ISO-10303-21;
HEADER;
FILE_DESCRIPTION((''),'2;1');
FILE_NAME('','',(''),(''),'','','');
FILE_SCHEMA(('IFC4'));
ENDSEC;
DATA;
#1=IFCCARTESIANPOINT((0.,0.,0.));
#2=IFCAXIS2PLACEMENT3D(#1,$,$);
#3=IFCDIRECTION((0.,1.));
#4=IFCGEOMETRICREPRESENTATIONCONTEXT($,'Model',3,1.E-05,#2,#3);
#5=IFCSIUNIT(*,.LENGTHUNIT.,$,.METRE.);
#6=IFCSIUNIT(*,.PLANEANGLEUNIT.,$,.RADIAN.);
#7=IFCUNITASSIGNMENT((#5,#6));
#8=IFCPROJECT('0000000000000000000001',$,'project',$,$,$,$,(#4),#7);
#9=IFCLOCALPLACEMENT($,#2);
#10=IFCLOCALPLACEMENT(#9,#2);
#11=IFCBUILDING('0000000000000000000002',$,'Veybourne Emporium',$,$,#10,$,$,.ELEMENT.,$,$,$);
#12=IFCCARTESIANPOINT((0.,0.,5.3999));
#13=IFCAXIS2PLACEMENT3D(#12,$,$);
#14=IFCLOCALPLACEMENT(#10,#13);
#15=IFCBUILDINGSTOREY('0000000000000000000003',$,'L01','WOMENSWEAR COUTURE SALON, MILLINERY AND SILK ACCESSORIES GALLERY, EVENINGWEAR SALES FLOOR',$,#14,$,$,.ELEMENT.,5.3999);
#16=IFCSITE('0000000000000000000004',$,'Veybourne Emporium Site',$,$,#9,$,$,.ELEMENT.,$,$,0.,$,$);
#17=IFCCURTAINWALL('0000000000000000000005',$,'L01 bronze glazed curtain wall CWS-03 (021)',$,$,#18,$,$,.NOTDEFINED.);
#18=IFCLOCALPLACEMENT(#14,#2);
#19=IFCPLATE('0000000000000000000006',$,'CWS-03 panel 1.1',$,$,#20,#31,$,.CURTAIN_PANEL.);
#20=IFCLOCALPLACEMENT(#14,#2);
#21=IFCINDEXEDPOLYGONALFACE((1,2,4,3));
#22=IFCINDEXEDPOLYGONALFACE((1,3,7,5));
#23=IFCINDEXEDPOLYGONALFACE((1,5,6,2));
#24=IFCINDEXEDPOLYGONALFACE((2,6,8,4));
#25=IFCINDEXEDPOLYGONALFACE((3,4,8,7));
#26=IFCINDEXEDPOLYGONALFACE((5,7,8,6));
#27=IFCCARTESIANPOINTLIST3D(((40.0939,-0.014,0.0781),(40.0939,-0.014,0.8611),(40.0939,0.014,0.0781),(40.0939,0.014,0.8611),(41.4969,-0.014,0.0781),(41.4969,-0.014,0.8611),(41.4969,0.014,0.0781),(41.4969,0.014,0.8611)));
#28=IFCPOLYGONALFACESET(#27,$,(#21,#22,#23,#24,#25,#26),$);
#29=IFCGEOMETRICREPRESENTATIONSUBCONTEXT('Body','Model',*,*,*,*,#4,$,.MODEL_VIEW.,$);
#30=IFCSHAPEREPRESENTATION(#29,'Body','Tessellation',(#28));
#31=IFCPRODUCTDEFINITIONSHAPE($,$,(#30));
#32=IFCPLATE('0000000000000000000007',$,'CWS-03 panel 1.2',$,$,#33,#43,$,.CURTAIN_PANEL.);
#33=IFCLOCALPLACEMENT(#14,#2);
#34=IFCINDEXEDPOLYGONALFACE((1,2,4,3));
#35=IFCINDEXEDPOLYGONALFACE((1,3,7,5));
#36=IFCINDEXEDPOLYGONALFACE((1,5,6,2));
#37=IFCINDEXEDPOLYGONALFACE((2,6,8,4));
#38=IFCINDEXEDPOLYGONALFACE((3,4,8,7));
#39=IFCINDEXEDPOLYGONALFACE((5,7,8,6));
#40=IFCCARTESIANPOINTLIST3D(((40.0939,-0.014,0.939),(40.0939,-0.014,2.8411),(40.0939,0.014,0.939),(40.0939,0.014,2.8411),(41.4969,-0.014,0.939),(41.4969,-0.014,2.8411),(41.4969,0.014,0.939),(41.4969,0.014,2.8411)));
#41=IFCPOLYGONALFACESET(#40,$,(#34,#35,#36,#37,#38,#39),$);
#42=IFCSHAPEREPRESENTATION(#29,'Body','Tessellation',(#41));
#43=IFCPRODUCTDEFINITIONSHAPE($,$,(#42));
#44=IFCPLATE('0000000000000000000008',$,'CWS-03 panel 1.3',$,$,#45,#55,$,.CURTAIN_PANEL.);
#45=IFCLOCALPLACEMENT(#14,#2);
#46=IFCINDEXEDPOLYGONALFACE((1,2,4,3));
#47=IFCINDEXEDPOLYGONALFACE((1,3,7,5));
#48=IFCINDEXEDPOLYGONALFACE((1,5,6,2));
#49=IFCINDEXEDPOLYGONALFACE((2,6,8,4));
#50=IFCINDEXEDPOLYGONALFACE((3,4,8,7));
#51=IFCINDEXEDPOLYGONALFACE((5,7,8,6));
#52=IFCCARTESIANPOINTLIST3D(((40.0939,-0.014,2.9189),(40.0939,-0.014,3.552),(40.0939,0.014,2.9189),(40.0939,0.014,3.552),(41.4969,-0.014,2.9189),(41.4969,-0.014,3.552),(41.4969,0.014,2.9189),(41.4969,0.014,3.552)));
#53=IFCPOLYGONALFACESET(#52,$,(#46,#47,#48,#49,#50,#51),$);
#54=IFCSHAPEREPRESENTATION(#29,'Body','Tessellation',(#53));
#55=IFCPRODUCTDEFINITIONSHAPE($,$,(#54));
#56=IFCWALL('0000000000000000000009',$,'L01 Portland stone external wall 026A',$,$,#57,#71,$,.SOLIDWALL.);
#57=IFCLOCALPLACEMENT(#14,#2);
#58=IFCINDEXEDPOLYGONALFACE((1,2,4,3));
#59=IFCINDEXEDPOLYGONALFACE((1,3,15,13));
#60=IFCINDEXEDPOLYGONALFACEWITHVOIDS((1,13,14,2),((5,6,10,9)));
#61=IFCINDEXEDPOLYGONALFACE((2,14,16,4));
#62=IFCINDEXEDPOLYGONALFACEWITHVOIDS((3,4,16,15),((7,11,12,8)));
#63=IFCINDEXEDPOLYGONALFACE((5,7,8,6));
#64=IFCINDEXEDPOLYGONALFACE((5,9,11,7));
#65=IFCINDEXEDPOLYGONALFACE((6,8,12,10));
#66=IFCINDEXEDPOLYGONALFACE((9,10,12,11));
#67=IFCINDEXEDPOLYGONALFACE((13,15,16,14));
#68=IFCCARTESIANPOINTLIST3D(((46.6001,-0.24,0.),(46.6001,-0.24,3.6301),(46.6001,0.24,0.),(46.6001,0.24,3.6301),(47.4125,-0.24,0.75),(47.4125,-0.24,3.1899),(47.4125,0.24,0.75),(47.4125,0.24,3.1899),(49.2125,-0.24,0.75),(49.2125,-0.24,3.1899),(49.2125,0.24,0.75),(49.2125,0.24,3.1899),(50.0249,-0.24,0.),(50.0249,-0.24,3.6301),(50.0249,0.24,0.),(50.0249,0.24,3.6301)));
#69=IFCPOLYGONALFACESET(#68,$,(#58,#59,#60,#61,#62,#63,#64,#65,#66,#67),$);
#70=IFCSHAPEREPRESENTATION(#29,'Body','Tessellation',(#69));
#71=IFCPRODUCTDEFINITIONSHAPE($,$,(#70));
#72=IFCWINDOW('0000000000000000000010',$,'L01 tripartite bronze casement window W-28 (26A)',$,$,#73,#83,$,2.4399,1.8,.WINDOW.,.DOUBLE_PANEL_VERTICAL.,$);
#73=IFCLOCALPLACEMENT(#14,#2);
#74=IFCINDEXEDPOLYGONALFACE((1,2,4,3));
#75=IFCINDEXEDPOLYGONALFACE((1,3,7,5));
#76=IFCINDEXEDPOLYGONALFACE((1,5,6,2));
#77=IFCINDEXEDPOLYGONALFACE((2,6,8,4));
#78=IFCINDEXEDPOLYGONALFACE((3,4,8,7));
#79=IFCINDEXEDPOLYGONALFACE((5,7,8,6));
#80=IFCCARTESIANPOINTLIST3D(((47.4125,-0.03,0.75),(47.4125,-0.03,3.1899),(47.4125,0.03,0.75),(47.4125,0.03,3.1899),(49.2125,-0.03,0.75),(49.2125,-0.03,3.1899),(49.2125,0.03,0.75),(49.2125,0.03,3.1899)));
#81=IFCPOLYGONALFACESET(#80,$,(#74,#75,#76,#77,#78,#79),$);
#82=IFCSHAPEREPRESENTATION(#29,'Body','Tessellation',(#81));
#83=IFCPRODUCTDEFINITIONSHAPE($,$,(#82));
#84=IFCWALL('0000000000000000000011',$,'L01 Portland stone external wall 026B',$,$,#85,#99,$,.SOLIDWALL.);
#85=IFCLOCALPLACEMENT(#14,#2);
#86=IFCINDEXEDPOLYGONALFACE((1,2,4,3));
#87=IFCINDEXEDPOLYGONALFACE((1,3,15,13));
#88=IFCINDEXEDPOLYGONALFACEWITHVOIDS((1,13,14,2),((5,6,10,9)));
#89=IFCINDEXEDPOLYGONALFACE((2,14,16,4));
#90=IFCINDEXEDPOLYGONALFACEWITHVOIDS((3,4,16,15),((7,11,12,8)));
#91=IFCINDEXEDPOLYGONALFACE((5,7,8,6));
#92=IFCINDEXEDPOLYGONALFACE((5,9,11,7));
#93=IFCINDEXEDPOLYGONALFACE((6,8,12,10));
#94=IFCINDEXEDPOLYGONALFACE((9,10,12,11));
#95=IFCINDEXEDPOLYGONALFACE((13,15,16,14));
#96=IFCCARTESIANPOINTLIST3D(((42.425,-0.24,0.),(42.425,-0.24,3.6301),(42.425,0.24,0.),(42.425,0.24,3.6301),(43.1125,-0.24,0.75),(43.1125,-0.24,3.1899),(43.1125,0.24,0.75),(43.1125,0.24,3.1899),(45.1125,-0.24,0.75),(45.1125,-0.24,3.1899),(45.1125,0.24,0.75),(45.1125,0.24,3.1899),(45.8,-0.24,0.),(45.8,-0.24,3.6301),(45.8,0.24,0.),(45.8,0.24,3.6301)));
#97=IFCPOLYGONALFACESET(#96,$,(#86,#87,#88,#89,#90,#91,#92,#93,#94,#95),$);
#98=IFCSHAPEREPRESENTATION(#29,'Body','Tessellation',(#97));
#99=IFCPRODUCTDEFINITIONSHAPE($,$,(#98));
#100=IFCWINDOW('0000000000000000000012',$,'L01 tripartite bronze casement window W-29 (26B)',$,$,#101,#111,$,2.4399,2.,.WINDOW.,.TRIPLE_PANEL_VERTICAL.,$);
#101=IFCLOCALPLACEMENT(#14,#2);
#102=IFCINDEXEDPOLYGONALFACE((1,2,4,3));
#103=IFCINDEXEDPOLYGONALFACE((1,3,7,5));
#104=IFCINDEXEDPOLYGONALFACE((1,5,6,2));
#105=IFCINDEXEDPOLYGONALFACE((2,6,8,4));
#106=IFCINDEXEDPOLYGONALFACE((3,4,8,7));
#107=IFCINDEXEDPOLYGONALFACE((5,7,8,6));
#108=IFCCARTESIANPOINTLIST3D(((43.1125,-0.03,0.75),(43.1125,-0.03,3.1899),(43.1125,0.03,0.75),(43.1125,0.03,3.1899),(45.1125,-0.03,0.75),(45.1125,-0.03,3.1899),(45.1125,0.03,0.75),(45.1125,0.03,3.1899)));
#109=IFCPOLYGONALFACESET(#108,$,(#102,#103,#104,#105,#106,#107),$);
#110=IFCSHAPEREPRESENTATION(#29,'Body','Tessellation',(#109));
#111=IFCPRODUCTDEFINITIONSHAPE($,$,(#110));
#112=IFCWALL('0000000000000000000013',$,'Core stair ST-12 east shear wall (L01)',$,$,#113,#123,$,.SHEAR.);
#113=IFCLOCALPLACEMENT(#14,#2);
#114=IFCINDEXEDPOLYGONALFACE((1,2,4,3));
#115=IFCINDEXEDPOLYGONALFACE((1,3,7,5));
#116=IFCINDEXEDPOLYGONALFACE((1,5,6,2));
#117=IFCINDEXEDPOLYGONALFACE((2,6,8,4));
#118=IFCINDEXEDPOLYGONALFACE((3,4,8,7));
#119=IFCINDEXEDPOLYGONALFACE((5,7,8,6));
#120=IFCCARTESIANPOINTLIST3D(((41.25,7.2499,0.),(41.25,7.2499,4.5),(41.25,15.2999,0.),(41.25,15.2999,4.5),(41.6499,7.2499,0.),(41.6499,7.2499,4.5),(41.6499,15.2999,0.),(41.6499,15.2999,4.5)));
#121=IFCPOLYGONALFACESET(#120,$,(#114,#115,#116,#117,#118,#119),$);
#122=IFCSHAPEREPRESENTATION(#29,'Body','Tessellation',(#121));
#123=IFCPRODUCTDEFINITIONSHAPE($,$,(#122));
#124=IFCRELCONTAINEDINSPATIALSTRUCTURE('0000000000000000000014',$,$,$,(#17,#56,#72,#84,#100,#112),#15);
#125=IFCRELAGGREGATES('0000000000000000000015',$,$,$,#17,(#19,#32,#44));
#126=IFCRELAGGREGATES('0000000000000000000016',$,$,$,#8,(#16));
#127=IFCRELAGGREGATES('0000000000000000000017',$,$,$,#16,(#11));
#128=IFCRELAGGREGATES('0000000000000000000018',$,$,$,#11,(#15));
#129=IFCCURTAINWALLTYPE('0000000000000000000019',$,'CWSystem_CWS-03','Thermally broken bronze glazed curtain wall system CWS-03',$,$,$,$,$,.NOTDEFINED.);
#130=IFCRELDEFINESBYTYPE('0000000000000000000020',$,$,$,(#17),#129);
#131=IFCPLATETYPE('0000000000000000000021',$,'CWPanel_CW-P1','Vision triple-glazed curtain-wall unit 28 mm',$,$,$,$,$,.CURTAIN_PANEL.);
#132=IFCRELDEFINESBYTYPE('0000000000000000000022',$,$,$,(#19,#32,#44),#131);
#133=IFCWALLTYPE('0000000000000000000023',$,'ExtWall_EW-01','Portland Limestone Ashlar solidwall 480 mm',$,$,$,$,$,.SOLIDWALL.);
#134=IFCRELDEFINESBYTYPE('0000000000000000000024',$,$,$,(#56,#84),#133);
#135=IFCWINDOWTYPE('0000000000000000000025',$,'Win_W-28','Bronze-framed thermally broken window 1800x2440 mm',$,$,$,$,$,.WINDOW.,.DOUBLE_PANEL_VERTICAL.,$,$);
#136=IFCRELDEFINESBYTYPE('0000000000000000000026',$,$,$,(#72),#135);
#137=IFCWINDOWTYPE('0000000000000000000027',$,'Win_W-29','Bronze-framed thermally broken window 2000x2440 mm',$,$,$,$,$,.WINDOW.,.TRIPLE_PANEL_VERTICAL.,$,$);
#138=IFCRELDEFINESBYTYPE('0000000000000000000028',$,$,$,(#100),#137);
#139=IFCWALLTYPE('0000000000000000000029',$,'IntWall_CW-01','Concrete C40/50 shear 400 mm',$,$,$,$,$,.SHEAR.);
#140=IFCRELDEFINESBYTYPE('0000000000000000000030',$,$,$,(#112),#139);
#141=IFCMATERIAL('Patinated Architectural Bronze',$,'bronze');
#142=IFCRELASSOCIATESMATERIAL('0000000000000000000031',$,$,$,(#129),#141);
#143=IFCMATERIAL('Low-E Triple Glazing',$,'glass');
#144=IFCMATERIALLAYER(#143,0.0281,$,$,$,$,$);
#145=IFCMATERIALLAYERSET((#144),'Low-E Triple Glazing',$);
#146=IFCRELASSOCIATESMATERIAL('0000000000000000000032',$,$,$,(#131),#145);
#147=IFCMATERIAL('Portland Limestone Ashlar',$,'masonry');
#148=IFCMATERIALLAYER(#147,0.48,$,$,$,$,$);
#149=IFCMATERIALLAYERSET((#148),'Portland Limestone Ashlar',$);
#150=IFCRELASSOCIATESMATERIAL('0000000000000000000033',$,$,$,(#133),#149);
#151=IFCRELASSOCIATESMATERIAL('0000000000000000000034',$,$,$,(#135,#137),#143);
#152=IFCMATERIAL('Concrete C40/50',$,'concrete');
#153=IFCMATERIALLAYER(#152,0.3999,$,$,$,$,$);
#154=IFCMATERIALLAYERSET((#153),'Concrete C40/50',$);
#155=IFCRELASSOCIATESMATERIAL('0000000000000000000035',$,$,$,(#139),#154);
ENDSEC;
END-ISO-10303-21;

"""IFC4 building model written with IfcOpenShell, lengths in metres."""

from ifc_helpers import new_model, si_unit, direction, frame, frame_2d, origin, origin_2d, place, context, subcontext, project, spatial, rectangle, extrude, material, layer, layer_set, type_object, element, fill, aggregate, save


model = new_model("IFC4")

# Units and contexts
model_context = context("Model", 3, precision=1e-05, world=origin(), true_north=direction((0.0, 1.0)))
body_context = subcontext(model_context, "Body", "Model", "MODEL_VIEW")
ifc_project = project(units=[si_unit("LENGTHUNIT", "METRE"), si_unit("PLANEANGLEUNIT", "RADIAN")], contexts=[model_context])

# Site, building, storey
site_placement = place(None, origin())
site = spatial("IfcSite", under=ifc_project, at=site_placement, Name="Veybourne Emporium Site", CompositionType="ELEMENT", RefElevation=0.0)
building_placement = place(site_placement, origin())
building = spatial("IfcBuilding", under=site, at=building_placement, Name="Veybourne Emporium", CompositionType="ELEMENT")
storey_placement = place(building_placement, frame((0.0, 0.0, 5.3999)))
storey = spatial("IfcBuildingStorey", under=building, at=storey_placement, Name="L01", Description="WOMENSWEAR COUTURE SALON, MILLINERY AND SILK ACCESSORIES GALLERY, EVENINGWEAR SALES FLOOR", CompositionType="ELEMENT", Elevation=5.3999)

# Shared definitions
ifc_material_1 = material(Name="Concrete C40/50", Category="concrete")

# Curtain wall
ifc_material_2 = material(Name="Patinated Architectural Bronze", Category="bronze")
curtain_wall_type = type_object("IfcCurtainWallType", Name="CWSystem_CWS-03", Description="Thermally broken bronze glazed curtain wall system CWS-03", PredefinedType="NOTDEFINED", material=ifc_material_2)
curtain_wall_placement = place(storey_placement, origin())
curtain_wall = element("IfcCurtainWall", 1, at=curtain_wall_placement, inside=storey, type_object=curtain_wall_type, Name="L01 bronze glazed curtain wall CWS-03 (021)", PredefinedType="NOTDEFINED")

# Plates
ifc_material_3 = material(Name="Low-E Triple Glazing", Category="glass")
ifc_layer_1 = layer(ifc_material_3, 0.0281)
ifc_layer_set_1 = layer_set([ifc_layer_1], Name="Low-E Triple Glazing")
plate_type = type_object("IfcPlateType", Name="CWPanel_CW-P1", Description="Vision triple-glazed curtain-wall unit 28 mm", PredefinedType="CURTAIN_PANEL", material=ifc_layer_set_1)
plate_1_placement = place(storey_placement, frame((40.7954, 0.0, 0.0781), z_axis=(0.0, 0.0, 1.0), x_axis=(-1.0, 0.0, 0.0)))
plate_1 = element("IfcPlate", 2, at=plate_1_placement, type_object=plate_type, Name="CWS-03 panel 1.1", PredefinedType="CURTAIN_PANEL", context=body_context, shape_type="SweptSolid", body=[
    extrude(rectangle(XDim=1.4031, YDim=0.0281, at=origin_2d()), origin(), (0.0, 0.0, 1.0), 0.783),
])
plate_2_placement = place(storey_placement, frame((40.7954, 0.0, 0.939), z_axis=(0.0, 0.0, 1.0), x_axis=(-1.0, 0.0, 0.0)))
plate_2 = element("IfcPlate", 3, at=plate_2_placement, type_object=plate_type, Name="CWS-03 panel 1.2", PredefinedType="CURTAIN_PANEL", context=body_context, shape_type="SweptSolid", body=[
    extrude(rectangle(XDim=1.4031, YDim=0.0281, at=origin_2d()), origin(), (0.0, 0.0, 1.0), 1.9021),
])
plate_3_placement = place(storey_placement, frame((40.7954, 0.0, 2.9189), z_axis=(0.0, 0.0, 1.0), x_axis=(-1.0, 0.0, 0.0)))
plate_3 = element("IfcPlate", 4, at=plate_3_placement, type_object=plate_type, Name="CWS-03 panel 1.3", PredefinedType="CURTAIN_PANEL", context=body_context, shape_type="SweptSolid", body=[
    extrude(rectangle(XDim=1.4031, YDim=0.0281, at=origin_2d()), origin(), (0.0, 0.0, 1.0), 0.6331),
])
aggregate(curtain_wall, [plate_1, plate_2, plate_3])

# Walls, openings, windows
ifc_material_4 = material(Name="Portland Limestone Ashlar", Category="masonry")
ifc_layer_2 = layer(ifc_material_4, 0.48)
ifc_layer_set_2 = layer_set([ifc_layer_2], Name="Portland Limestone Ashlar")
wall_type_1 = type_object("IfcWallType", Name="ExtWall_EW-01", Description="Portland Limestone Ashlar solidwall 480 mm", PredefinedType="SOLIDWALL", material=ifc_layer_set_2)
wall_1_placement = place(storey_placement, frame((50.0249, 0.0, 0.0), z_axis=(0.0, 0.0, 1.0), x_axis=(-1.0, 0.0, 0.0)))
wall_1 = element("IfcWall", 5, at=wall_1_placement, inside=storey, type_object=wall_type_1, Name="L01 Portland stone external wall 026A", PredefinedType="SOLIDWALL", context=body_context, shape_type="SweptSolid", body=[
    extrude(rectangle(XDim=3.4248, YDim=0.48, at=frame_2d((1.7124, 0.0))), origin(), (0.0, 0.0, 1.0), 3.6301),
])
opening_1_placement = place(wall_1_placement, frame((0.8125, 0.0, 0.75)))
opening_1 = element("IfcOpeningElement", 6, at=opening_1_placement, cuts=wall_1, PredefinedType="OPENING", context=body_context, shape_type="SweptSolid", body=[
    extrude(rectangle(XDim=1.8, YDim=2.4399, at=frame_2d((0.8999, 1.22))), frame((0.0, 0.26, 0.0), z_axis=(0.0, -1.0, 0.0), x_axis=(1.0, 0.0, 0.0)), (0.0, 0.0, 1.0), 0.52),
])
window_type_1 = type_object("IfcWindowType", Name="Win_W-28", Description="Bronze-framed thermally broken window 1800x2440 mm", PartitioningType="DOUBLE_PANEL_VERTICAL", PredefinedType="WINDOW", material=ifc_material_3)
window_1_placement = place(opening_1_placement, origin())
window_1 = element("IfcWindow", 7, at=window_1_placement, inside=storey, type_object=window_type_1, Name="L01 tripartite bronze casement window W-28 (26A)", OverallHeight=2.4399, OverallWidth=1.8, PartitioningType="DOUBLE_PANEL_VERTICAL", PredefinedType="WINDOW", context=body_context, shape_type="SweptSolid", body=[
    extrude(rectangle(XDim=1.8, YDim=2.4399, at=frame_2d((0.8999, 1.22))), frame((0.0, 0.03, 0.0), z_axis=(0.0, -1.0, 0.0), x_axis=(1.0, 0.0, 0.0)), (0.0, 0.0, 1.0), 0.0601),
])
fill(opening_1, window_1)
wall_2_placement = place(storey_placement, frame((45.8, 0.0, 0.0), z_axis=(0.0, 0.0, 1.0), x_axis=(-1.0, 0.0, 0.0)))
wall_2 = element("IfcWall", 8, at=wall_2_placement, inside=storey, type_object=wall_type_1, Name="L01 Portland stone external wall 026B", PredefinedType="SOLIDWALL", context=body_context, shape_type="SweptSolid", body=[
    extrude(rectangle(XDim=3.375, YDim=0.48, at=frame_2d((1.6875, 0.0))), origin(), (0.0, 0.0, 1.0), 3.6301),
])
opening_2_placement = place(wall_2_placement, frame((0.6875, 0.0, 0.75)))
opening_2 = element("IfcOpeningElement", 9, at=opening_2_placement, cuts=wall_2, PredefinedType="OPENING", context=body_context, shape_type="SweptSolid", body=[
    extrude(rectangle(XDim=2.0, YDim=2.4399, at=frame_2d((1.0, 1.22))), frame((0.0, 0.26, 0.0), z_axis=(0.0, -1.0, 0.0), x_axis=(1.0, 0.0, 0.0)), (0.0, 0.0, 1.0), 0.52),
])
window_type_2 = type_object("IfcWindowType", Name="Win_W-29", Description="Bronze-framed thermally broken window 2000x2440 mm", PartitioningType="TRIPLE_PANEL_VERTICAL", PredefinedType="WINDOW", material=ifc_material_3)
window_2_placement = place(opening_2_placement, origin())
window_2 = element("IfcWindow", 10, at=window_2_placement, inside=storey, type_object=window_type_2, Name="L01 tripartite bronze casement window W-29 (26B)", OverallHeight=2.4399, OverallWidth=2.0, PartitioningType="TRIPLE_PANEL_VERTICAL", PredefinedType="WINDOW", context=body_context, shape_type="SweptSolid", body=[
    extrude(rectangle(XDim=2.0, YDim=2.4399, at=frame_2d((1.0, 1.22))), frame((0.0, 0.03, 0.0), z_axis=(0.0, -1.0, 0.0), x_axis=(1.0, 0.0, 0.0)), (0.0, 0.0, 1.0), 0.0601),
])
fill(opening_2, window_2)

# Wall
ifc_layer_3 = layer(ifc_material_1, 0.3999)
ifc_layer_set_3 = layer_set([ifc_layer_3], Name="Concrete C40/50")
wall_type_2 = type_object("IfcWallType", Name="IntWall_CW-01", Description="Concrete C40/50 shear 400 mm", PredefinedType="SHEAR", material=ifc_layer_set_3)
wall_3_placement = place(storey_placement, frame((41.45, 7.25, 0.0), z_axis=(0.0, 0.0, 1.0), x_axis=(0.0, 1.0, 0.0)))
element("IfcWall", 11, at=wall_3_placement, inside=storey, type_object=wall_type_2, Name="Core stair ST-12 east shear wall (L01)", PredefinedType="SHEAR", context=body_context, shape_type="SweptSolid", body=[
    extrude(rectangle(XDim=8.05, YDim=0.3999, at=frame_2d((4.0249, 0.0))), origin(), (0.0, 0.0, 1.0), 4.5),
])

save(model, "model.ifc")
